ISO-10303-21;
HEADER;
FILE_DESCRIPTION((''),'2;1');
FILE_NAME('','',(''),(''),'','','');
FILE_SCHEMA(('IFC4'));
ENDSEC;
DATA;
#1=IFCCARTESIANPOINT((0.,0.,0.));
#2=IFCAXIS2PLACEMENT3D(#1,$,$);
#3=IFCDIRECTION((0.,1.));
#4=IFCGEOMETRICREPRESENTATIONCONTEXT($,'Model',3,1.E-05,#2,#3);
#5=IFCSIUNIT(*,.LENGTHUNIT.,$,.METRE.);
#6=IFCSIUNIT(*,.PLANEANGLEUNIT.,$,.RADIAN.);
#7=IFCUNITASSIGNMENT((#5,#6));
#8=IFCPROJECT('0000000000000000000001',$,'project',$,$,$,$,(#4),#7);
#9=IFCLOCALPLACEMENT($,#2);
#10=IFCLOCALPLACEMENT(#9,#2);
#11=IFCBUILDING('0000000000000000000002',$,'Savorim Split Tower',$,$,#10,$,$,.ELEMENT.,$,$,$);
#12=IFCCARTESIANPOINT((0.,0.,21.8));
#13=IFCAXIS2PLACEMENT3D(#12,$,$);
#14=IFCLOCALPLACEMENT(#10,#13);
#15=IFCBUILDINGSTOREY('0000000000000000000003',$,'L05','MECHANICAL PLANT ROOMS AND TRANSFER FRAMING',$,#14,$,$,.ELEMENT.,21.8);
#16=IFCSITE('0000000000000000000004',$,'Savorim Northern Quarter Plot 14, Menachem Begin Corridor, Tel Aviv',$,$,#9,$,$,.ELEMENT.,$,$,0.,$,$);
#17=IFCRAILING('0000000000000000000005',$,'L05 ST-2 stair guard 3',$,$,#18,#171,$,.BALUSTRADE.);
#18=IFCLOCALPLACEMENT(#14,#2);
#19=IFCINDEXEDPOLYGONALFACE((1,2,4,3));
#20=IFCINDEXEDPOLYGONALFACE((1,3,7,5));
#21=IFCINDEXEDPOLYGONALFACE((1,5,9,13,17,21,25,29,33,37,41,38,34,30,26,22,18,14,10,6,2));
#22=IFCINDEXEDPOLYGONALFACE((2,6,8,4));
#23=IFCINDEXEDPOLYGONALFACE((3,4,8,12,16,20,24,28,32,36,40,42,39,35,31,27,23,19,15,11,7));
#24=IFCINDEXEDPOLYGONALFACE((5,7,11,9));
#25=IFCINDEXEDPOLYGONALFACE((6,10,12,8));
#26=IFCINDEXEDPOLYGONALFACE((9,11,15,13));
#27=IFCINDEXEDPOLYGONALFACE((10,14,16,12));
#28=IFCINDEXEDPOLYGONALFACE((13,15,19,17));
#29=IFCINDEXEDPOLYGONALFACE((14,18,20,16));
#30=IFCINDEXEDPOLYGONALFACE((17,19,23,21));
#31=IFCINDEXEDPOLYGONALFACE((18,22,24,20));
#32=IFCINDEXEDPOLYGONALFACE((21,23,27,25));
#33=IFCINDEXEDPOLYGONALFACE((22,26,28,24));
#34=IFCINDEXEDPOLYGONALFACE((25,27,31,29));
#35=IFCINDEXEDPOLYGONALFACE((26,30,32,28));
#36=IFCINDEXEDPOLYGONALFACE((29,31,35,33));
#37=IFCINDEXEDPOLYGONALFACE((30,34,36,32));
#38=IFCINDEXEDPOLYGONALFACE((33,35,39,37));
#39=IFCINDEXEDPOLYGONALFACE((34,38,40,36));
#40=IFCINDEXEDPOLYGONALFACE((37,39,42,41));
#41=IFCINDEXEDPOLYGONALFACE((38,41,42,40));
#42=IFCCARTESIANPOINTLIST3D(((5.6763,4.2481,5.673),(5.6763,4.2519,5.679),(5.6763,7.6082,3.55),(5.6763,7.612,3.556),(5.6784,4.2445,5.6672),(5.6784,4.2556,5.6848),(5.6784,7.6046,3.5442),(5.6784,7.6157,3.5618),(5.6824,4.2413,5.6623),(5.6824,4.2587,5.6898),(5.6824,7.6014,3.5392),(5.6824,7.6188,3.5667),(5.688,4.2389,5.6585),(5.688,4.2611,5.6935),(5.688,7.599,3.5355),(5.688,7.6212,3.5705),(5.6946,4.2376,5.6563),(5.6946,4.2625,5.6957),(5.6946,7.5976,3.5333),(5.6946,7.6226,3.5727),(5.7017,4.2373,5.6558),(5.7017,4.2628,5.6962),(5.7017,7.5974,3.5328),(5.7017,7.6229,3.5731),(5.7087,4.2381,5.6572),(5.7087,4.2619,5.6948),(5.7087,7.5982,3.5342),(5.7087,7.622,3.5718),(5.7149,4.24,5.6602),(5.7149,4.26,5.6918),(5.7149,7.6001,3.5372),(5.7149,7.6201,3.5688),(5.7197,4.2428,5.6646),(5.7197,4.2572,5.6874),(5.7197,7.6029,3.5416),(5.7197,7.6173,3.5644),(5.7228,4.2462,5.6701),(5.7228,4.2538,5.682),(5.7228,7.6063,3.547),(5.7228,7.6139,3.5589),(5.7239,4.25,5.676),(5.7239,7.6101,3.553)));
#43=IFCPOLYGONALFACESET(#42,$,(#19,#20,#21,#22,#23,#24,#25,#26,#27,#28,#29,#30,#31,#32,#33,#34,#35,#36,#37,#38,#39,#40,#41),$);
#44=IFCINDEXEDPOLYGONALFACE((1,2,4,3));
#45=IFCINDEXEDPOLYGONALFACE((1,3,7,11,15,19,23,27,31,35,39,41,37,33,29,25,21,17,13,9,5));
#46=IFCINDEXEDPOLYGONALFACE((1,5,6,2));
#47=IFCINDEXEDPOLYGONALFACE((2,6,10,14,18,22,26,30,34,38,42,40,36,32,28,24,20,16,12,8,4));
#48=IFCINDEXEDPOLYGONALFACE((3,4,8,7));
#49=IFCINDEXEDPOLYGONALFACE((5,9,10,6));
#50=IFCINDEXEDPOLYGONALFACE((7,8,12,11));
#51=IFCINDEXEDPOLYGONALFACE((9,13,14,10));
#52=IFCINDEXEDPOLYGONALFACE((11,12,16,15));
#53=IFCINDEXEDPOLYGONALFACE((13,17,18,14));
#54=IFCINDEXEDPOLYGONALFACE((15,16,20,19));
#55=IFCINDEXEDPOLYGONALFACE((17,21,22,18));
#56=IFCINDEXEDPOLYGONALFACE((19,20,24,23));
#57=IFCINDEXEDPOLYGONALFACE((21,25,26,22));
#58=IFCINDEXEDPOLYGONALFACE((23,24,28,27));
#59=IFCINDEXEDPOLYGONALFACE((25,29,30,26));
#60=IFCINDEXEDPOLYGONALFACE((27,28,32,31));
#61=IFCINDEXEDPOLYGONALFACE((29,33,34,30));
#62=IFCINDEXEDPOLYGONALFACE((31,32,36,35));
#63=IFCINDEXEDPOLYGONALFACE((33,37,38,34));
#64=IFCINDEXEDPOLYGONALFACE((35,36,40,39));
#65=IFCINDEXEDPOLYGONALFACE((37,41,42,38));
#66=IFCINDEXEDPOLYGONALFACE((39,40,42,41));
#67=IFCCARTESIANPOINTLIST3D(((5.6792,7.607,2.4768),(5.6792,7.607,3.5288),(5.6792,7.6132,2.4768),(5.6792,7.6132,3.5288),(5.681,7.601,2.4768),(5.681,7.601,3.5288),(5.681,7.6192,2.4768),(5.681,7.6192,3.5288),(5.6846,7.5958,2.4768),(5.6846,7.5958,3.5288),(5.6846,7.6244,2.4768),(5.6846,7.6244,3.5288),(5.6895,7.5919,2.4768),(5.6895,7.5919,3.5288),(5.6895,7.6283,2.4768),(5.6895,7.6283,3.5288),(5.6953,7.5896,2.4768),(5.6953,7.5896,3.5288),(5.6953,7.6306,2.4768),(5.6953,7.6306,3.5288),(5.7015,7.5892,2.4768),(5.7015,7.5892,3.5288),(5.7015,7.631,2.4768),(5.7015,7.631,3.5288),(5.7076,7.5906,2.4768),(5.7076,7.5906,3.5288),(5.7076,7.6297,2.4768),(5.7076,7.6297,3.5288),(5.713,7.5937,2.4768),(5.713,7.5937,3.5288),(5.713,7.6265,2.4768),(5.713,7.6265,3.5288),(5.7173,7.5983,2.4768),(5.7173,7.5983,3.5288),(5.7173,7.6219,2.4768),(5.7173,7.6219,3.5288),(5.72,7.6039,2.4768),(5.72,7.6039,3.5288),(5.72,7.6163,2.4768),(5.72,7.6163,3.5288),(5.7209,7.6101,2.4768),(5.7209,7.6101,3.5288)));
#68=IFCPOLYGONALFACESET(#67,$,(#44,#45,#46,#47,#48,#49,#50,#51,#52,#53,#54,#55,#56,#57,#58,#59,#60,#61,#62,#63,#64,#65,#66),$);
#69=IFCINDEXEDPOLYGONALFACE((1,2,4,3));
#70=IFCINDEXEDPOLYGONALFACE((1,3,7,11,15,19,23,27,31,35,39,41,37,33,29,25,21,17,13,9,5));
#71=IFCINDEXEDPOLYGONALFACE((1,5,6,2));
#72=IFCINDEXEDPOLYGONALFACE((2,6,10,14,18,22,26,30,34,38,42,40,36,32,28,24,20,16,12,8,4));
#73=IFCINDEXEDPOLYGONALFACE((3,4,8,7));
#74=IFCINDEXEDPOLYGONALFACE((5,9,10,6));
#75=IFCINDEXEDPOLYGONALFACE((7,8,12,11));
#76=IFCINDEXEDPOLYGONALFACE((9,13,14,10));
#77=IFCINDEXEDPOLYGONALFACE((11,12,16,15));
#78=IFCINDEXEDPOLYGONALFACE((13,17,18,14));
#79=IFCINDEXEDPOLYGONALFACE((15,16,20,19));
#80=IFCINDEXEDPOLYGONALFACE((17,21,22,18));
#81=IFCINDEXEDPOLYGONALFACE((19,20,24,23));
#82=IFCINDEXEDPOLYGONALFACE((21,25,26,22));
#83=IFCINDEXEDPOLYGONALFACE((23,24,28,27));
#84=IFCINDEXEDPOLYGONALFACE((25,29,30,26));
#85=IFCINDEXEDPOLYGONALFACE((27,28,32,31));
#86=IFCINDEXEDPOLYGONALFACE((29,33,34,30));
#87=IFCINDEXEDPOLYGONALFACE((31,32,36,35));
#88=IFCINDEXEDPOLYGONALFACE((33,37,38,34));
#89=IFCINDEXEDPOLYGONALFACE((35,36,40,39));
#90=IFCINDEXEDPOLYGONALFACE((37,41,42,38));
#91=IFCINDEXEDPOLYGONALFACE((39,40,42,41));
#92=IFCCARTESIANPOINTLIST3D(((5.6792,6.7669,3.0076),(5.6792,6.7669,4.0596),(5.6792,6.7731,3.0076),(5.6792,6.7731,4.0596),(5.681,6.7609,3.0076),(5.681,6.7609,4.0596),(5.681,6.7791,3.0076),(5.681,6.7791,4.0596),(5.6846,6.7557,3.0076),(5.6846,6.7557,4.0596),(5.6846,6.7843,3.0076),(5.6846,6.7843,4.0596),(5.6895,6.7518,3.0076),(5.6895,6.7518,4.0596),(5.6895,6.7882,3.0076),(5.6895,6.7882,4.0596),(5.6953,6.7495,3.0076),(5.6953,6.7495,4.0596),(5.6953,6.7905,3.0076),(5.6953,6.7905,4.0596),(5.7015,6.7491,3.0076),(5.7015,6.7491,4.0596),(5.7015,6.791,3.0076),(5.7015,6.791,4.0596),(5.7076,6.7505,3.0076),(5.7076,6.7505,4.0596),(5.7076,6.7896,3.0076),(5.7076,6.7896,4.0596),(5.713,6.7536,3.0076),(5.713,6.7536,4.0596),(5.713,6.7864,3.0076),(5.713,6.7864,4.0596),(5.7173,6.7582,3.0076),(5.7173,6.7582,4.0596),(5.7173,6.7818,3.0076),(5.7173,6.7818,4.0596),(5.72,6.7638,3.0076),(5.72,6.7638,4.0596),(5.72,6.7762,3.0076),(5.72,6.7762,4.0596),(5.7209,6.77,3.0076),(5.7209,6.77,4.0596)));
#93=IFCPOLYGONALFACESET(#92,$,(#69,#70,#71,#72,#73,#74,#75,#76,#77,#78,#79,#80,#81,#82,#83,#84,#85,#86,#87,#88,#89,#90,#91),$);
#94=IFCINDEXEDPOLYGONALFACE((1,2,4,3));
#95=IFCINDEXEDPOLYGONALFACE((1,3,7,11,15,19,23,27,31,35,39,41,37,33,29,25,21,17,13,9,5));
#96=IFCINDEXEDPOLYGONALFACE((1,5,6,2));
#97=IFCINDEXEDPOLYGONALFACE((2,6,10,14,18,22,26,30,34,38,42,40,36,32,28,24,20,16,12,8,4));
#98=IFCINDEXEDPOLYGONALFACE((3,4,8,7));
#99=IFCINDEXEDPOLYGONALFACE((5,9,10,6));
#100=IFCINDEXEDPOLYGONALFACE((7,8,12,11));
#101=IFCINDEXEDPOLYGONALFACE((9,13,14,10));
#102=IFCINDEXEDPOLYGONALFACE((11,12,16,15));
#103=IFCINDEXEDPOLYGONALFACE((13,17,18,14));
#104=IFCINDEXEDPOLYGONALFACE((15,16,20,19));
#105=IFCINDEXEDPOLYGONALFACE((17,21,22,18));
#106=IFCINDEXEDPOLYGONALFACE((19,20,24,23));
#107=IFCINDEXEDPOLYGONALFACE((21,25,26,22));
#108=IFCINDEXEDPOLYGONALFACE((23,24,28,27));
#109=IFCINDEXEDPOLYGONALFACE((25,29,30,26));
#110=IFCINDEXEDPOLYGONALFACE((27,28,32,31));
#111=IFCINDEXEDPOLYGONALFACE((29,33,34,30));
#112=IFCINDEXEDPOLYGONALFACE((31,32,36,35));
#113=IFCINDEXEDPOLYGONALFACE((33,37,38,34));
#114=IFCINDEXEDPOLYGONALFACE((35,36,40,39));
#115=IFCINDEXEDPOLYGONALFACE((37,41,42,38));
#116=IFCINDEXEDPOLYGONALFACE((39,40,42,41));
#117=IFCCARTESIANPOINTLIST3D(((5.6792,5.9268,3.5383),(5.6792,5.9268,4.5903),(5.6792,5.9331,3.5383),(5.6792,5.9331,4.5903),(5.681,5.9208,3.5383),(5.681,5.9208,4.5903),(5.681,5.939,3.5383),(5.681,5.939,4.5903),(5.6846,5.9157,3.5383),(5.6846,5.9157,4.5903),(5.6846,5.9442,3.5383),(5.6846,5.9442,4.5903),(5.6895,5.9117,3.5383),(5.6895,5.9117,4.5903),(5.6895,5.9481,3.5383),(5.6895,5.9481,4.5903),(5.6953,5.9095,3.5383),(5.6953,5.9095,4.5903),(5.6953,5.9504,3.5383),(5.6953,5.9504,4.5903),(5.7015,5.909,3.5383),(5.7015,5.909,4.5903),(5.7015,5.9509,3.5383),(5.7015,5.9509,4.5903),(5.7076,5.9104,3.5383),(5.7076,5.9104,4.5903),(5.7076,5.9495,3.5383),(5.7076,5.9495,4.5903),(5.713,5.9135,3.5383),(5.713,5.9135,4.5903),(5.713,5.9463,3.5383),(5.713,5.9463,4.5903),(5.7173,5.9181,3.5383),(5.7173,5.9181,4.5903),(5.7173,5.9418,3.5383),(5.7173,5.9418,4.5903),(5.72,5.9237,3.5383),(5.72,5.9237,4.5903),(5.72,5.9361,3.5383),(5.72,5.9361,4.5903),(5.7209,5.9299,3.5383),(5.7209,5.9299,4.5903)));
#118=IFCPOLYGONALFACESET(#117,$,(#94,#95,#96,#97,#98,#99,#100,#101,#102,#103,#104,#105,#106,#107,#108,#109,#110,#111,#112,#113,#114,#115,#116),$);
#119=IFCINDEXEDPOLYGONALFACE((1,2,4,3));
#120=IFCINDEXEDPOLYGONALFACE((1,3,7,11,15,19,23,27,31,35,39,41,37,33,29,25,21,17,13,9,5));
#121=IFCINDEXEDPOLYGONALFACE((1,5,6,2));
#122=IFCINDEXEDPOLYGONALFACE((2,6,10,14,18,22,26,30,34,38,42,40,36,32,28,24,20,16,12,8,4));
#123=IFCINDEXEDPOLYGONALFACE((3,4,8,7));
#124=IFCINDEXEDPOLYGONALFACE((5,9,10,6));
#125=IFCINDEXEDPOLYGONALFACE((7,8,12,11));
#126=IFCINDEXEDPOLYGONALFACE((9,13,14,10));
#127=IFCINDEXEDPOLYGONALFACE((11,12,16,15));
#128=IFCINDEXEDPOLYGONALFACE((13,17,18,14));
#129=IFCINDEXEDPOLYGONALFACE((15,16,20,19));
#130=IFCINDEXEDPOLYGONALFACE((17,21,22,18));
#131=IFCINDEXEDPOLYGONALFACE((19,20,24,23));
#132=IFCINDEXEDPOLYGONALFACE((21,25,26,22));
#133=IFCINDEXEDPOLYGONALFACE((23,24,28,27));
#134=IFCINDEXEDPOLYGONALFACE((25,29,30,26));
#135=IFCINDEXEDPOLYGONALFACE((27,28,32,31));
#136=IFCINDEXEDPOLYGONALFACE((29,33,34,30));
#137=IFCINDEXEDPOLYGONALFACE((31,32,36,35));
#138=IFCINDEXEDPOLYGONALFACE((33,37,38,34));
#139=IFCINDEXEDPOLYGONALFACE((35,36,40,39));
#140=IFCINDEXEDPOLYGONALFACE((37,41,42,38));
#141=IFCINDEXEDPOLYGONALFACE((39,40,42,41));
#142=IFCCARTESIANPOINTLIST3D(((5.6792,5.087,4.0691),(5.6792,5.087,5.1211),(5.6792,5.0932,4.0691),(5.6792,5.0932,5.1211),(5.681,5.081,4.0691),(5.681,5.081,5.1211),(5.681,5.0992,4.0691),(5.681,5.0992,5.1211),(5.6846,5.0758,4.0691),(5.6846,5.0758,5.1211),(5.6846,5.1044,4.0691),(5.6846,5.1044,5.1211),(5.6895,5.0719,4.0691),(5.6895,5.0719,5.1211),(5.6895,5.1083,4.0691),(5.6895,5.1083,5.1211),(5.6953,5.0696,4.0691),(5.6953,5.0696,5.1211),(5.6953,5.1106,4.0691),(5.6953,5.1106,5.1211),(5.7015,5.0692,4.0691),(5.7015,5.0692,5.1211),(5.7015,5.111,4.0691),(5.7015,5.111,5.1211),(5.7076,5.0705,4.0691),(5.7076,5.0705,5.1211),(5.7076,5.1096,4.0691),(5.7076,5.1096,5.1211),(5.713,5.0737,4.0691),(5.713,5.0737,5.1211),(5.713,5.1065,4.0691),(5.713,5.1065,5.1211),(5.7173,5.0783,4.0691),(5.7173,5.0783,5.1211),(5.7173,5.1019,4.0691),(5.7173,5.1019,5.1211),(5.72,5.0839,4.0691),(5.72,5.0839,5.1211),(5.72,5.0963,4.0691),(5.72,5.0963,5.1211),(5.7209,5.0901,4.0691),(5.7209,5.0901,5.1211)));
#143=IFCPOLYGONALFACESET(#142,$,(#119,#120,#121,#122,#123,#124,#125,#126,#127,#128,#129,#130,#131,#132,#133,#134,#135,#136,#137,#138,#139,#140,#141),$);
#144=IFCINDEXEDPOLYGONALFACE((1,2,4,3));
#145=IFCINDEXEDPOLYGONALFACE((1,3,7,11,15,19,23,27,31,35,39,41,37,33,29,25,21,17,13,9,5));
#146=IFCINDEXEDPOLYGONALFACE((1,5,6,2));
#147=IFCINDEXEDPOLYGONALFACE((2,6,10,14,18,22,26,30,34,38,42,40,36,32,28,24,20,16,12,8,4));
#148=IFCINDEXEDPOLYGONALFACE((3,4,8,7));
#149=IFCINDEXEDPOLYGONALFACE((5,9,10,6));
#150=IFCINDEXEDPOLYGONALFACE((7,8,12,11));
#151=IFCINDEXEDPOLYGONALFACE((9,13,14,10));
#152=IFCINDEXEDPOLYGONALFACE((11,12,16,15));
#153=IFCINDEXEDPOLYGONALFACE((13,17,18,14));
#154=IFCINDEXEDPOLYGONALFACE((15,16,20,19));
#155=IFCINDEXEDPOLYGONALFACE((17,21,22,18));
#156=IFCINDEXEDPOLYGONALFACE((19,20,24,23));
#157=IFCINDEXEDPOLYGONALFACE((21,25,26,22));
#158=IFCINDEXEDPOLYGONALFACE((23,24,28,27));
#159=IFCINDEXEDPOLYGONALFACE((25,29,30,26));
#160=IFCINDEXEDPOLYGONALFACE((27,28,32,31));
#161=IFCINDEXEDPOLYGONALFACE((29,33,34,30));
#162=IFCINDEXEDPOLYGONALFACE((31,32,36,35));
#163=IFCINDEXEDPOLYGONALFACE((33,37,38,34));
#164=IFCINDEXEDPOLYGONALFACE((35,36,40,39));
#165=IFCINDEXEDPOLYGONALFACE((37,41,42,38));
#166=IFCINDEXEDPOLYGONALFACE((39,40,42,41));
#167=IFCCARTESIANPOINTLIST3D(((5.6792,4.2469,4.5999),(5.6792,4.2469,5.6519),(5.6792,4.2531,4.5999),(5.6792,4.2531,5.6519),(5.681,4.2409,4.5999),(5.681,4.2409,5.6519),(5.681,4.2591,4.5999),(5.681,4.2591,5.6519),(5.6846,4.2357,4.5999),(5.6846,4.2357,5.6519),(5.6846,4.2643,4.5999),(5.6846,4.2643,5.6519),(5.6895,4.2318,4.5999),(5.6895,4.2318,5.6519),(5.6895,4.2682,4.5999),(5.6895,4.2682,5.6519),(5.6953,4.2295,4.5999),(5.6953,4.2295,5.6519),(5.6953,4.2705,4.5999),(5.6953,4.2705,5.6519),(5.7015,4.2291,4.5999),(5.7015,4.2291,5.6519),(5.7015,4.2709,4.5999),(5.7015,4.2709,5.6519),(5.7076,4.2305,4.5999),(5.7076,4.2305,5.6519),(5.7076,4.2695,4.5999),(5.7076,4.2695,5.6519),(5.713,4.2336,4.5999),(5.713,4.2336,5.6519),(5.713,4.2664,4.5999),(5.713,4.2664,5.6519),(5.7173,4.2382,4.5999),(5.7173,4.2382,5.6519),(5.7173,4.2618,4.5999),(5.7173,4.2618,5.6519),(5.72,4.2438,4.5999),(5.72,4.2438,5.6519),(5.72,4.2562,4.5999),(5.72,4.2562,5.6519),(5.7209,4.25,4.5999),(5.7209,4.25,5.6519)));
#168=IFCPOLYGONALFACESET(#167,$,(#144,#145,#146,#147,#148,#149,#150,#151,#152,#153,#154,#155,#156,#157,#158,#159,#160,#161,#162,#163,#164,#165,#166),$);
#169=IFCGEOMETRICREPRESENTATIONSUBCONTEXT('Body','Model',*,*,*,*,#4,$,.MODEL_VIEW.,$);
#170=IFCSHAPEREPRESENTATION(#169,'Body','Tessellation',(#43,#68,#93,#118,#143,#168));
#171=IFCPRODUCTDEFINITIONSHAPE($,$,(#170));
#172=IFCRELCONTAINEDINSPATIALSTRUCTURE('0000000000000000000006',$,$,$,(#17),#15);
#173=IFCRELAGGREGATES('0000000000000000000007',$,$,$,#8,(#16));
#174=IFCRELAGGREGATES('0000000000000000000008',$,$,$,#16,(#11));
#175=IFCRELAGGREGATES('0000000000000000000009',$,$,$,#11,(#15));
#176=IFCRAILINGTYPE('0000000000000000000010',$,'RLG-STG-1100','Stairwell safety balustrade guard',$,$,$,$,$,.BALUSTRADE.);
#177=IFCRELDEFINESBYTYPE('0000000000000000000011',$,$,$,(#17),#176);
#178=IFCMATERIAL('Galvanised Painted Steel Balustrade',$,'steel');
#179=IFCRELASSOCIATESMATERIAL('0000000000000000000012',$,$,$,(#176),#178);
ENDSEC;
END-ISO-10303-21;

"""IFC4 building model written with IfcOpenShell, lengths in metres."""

from ifc_helpers import new_model, si_unit, direction, frame, origin, origin_2d, place, context, subcontext, project, spatial, circle, extrude, material, type_object, element, save


model = new_model("IFC4")

# Units and contexts
model_context = context("Model", 3, precision=1e-05, world=origin(), true_north=direction((0.0, 1.0)))
body_context = subcontext(model_context, "Body", "Model", "MODEL_VIEW")
ifc_project = project(units=[si_unit("LENGTHUNIT", "METRE"), si_unit("PLANEANGLEUNIT", "RADIAN")], contexts=[model_context])

# Site, building, storey
site_placement = place(None, origin())
site = spatial("IfcSite", under=ifc_project, at=site_placement, Name="Savorim Northern Quarter Plot 14, Menachem Begin Corridor, Tel Aviv", CompositionType="ELEMENT", RefElevation=0.0)
building_placement = place(site_placement, origin())
building = spatial("IfcBuilding", under=site, at=building_placement, Name="Savorim Split Tower", CompositionType="ELEMENT")
storey_placement = place(building_placement, frame((0.0, 0.0, 21.8)))
storey = spatial("IfcBuildingStorey", under=building, at=storey_placement, Name="L05", Description="MECHANICAL PLANT ROOMS AND TRANSFER FRAMING", CompositionType="ELEMENT", Elevation=21.8)

# Railing
ifc_material_1 = material(Name="Galvanised Painted Steel Balustrade", Category="steel")
railing_type_1 = type_object("IfcRailingType", Name="RLG-STG-1100", Description="Stairwell safety balustrade guard", PredefinedType="BALUSTRADE", material=ifc_material_1)
railing_1_placement = place(storey_placement, frame((5.7, 7.6101, 2.4768)))
element("IfcRailing", 1, at=railing_1_placement, inside=storey, type_object=railing_type_1, Name="L05 ST-2 stair guard 3", PredefinedType="BALUSTRADE", context=body_context, shape_type="SweptSolid", body=[
    extrude(circle(Radius=0.0239, at=origin_2d()), frame((0.0, 0.0, 1.0762), z_axis=(0.0, -0.84539, 0.53415), x_axis=(1.0, 0.0, 0.0)), (0.0, 0.0, 1.0), 3.9746),
    extrude(circle(Radius=0.021, at=origin_2d()), origin(), (0.0, 0.0, 1.0), 1.052),
    extrude(circle(Radius=0.021, at=origin_2d()), frame((0.0, -0.8401, 0.5308)), (0.0, 0.0, 1.0), 1.052),
    extrude(circle(Radius=0.021, at=origin_2d()), frame((0.0, -1.6802, 1.0615)), (0.0, 0.0, 1.0), 1.052),
    extrude(circle(Radius=0.021, at=origin_2d()), frame((0.0, -2.52, 1.5923)), (0.0, 0.0, 1.0), 1.052),
    extrude(circle(Radius=0.021, at=origin_2d()), frame((0.0, -3.3601, 2.123)), (0.0, 0.0, 1.0), 1.052),
])

save(model, "model.ifc")
